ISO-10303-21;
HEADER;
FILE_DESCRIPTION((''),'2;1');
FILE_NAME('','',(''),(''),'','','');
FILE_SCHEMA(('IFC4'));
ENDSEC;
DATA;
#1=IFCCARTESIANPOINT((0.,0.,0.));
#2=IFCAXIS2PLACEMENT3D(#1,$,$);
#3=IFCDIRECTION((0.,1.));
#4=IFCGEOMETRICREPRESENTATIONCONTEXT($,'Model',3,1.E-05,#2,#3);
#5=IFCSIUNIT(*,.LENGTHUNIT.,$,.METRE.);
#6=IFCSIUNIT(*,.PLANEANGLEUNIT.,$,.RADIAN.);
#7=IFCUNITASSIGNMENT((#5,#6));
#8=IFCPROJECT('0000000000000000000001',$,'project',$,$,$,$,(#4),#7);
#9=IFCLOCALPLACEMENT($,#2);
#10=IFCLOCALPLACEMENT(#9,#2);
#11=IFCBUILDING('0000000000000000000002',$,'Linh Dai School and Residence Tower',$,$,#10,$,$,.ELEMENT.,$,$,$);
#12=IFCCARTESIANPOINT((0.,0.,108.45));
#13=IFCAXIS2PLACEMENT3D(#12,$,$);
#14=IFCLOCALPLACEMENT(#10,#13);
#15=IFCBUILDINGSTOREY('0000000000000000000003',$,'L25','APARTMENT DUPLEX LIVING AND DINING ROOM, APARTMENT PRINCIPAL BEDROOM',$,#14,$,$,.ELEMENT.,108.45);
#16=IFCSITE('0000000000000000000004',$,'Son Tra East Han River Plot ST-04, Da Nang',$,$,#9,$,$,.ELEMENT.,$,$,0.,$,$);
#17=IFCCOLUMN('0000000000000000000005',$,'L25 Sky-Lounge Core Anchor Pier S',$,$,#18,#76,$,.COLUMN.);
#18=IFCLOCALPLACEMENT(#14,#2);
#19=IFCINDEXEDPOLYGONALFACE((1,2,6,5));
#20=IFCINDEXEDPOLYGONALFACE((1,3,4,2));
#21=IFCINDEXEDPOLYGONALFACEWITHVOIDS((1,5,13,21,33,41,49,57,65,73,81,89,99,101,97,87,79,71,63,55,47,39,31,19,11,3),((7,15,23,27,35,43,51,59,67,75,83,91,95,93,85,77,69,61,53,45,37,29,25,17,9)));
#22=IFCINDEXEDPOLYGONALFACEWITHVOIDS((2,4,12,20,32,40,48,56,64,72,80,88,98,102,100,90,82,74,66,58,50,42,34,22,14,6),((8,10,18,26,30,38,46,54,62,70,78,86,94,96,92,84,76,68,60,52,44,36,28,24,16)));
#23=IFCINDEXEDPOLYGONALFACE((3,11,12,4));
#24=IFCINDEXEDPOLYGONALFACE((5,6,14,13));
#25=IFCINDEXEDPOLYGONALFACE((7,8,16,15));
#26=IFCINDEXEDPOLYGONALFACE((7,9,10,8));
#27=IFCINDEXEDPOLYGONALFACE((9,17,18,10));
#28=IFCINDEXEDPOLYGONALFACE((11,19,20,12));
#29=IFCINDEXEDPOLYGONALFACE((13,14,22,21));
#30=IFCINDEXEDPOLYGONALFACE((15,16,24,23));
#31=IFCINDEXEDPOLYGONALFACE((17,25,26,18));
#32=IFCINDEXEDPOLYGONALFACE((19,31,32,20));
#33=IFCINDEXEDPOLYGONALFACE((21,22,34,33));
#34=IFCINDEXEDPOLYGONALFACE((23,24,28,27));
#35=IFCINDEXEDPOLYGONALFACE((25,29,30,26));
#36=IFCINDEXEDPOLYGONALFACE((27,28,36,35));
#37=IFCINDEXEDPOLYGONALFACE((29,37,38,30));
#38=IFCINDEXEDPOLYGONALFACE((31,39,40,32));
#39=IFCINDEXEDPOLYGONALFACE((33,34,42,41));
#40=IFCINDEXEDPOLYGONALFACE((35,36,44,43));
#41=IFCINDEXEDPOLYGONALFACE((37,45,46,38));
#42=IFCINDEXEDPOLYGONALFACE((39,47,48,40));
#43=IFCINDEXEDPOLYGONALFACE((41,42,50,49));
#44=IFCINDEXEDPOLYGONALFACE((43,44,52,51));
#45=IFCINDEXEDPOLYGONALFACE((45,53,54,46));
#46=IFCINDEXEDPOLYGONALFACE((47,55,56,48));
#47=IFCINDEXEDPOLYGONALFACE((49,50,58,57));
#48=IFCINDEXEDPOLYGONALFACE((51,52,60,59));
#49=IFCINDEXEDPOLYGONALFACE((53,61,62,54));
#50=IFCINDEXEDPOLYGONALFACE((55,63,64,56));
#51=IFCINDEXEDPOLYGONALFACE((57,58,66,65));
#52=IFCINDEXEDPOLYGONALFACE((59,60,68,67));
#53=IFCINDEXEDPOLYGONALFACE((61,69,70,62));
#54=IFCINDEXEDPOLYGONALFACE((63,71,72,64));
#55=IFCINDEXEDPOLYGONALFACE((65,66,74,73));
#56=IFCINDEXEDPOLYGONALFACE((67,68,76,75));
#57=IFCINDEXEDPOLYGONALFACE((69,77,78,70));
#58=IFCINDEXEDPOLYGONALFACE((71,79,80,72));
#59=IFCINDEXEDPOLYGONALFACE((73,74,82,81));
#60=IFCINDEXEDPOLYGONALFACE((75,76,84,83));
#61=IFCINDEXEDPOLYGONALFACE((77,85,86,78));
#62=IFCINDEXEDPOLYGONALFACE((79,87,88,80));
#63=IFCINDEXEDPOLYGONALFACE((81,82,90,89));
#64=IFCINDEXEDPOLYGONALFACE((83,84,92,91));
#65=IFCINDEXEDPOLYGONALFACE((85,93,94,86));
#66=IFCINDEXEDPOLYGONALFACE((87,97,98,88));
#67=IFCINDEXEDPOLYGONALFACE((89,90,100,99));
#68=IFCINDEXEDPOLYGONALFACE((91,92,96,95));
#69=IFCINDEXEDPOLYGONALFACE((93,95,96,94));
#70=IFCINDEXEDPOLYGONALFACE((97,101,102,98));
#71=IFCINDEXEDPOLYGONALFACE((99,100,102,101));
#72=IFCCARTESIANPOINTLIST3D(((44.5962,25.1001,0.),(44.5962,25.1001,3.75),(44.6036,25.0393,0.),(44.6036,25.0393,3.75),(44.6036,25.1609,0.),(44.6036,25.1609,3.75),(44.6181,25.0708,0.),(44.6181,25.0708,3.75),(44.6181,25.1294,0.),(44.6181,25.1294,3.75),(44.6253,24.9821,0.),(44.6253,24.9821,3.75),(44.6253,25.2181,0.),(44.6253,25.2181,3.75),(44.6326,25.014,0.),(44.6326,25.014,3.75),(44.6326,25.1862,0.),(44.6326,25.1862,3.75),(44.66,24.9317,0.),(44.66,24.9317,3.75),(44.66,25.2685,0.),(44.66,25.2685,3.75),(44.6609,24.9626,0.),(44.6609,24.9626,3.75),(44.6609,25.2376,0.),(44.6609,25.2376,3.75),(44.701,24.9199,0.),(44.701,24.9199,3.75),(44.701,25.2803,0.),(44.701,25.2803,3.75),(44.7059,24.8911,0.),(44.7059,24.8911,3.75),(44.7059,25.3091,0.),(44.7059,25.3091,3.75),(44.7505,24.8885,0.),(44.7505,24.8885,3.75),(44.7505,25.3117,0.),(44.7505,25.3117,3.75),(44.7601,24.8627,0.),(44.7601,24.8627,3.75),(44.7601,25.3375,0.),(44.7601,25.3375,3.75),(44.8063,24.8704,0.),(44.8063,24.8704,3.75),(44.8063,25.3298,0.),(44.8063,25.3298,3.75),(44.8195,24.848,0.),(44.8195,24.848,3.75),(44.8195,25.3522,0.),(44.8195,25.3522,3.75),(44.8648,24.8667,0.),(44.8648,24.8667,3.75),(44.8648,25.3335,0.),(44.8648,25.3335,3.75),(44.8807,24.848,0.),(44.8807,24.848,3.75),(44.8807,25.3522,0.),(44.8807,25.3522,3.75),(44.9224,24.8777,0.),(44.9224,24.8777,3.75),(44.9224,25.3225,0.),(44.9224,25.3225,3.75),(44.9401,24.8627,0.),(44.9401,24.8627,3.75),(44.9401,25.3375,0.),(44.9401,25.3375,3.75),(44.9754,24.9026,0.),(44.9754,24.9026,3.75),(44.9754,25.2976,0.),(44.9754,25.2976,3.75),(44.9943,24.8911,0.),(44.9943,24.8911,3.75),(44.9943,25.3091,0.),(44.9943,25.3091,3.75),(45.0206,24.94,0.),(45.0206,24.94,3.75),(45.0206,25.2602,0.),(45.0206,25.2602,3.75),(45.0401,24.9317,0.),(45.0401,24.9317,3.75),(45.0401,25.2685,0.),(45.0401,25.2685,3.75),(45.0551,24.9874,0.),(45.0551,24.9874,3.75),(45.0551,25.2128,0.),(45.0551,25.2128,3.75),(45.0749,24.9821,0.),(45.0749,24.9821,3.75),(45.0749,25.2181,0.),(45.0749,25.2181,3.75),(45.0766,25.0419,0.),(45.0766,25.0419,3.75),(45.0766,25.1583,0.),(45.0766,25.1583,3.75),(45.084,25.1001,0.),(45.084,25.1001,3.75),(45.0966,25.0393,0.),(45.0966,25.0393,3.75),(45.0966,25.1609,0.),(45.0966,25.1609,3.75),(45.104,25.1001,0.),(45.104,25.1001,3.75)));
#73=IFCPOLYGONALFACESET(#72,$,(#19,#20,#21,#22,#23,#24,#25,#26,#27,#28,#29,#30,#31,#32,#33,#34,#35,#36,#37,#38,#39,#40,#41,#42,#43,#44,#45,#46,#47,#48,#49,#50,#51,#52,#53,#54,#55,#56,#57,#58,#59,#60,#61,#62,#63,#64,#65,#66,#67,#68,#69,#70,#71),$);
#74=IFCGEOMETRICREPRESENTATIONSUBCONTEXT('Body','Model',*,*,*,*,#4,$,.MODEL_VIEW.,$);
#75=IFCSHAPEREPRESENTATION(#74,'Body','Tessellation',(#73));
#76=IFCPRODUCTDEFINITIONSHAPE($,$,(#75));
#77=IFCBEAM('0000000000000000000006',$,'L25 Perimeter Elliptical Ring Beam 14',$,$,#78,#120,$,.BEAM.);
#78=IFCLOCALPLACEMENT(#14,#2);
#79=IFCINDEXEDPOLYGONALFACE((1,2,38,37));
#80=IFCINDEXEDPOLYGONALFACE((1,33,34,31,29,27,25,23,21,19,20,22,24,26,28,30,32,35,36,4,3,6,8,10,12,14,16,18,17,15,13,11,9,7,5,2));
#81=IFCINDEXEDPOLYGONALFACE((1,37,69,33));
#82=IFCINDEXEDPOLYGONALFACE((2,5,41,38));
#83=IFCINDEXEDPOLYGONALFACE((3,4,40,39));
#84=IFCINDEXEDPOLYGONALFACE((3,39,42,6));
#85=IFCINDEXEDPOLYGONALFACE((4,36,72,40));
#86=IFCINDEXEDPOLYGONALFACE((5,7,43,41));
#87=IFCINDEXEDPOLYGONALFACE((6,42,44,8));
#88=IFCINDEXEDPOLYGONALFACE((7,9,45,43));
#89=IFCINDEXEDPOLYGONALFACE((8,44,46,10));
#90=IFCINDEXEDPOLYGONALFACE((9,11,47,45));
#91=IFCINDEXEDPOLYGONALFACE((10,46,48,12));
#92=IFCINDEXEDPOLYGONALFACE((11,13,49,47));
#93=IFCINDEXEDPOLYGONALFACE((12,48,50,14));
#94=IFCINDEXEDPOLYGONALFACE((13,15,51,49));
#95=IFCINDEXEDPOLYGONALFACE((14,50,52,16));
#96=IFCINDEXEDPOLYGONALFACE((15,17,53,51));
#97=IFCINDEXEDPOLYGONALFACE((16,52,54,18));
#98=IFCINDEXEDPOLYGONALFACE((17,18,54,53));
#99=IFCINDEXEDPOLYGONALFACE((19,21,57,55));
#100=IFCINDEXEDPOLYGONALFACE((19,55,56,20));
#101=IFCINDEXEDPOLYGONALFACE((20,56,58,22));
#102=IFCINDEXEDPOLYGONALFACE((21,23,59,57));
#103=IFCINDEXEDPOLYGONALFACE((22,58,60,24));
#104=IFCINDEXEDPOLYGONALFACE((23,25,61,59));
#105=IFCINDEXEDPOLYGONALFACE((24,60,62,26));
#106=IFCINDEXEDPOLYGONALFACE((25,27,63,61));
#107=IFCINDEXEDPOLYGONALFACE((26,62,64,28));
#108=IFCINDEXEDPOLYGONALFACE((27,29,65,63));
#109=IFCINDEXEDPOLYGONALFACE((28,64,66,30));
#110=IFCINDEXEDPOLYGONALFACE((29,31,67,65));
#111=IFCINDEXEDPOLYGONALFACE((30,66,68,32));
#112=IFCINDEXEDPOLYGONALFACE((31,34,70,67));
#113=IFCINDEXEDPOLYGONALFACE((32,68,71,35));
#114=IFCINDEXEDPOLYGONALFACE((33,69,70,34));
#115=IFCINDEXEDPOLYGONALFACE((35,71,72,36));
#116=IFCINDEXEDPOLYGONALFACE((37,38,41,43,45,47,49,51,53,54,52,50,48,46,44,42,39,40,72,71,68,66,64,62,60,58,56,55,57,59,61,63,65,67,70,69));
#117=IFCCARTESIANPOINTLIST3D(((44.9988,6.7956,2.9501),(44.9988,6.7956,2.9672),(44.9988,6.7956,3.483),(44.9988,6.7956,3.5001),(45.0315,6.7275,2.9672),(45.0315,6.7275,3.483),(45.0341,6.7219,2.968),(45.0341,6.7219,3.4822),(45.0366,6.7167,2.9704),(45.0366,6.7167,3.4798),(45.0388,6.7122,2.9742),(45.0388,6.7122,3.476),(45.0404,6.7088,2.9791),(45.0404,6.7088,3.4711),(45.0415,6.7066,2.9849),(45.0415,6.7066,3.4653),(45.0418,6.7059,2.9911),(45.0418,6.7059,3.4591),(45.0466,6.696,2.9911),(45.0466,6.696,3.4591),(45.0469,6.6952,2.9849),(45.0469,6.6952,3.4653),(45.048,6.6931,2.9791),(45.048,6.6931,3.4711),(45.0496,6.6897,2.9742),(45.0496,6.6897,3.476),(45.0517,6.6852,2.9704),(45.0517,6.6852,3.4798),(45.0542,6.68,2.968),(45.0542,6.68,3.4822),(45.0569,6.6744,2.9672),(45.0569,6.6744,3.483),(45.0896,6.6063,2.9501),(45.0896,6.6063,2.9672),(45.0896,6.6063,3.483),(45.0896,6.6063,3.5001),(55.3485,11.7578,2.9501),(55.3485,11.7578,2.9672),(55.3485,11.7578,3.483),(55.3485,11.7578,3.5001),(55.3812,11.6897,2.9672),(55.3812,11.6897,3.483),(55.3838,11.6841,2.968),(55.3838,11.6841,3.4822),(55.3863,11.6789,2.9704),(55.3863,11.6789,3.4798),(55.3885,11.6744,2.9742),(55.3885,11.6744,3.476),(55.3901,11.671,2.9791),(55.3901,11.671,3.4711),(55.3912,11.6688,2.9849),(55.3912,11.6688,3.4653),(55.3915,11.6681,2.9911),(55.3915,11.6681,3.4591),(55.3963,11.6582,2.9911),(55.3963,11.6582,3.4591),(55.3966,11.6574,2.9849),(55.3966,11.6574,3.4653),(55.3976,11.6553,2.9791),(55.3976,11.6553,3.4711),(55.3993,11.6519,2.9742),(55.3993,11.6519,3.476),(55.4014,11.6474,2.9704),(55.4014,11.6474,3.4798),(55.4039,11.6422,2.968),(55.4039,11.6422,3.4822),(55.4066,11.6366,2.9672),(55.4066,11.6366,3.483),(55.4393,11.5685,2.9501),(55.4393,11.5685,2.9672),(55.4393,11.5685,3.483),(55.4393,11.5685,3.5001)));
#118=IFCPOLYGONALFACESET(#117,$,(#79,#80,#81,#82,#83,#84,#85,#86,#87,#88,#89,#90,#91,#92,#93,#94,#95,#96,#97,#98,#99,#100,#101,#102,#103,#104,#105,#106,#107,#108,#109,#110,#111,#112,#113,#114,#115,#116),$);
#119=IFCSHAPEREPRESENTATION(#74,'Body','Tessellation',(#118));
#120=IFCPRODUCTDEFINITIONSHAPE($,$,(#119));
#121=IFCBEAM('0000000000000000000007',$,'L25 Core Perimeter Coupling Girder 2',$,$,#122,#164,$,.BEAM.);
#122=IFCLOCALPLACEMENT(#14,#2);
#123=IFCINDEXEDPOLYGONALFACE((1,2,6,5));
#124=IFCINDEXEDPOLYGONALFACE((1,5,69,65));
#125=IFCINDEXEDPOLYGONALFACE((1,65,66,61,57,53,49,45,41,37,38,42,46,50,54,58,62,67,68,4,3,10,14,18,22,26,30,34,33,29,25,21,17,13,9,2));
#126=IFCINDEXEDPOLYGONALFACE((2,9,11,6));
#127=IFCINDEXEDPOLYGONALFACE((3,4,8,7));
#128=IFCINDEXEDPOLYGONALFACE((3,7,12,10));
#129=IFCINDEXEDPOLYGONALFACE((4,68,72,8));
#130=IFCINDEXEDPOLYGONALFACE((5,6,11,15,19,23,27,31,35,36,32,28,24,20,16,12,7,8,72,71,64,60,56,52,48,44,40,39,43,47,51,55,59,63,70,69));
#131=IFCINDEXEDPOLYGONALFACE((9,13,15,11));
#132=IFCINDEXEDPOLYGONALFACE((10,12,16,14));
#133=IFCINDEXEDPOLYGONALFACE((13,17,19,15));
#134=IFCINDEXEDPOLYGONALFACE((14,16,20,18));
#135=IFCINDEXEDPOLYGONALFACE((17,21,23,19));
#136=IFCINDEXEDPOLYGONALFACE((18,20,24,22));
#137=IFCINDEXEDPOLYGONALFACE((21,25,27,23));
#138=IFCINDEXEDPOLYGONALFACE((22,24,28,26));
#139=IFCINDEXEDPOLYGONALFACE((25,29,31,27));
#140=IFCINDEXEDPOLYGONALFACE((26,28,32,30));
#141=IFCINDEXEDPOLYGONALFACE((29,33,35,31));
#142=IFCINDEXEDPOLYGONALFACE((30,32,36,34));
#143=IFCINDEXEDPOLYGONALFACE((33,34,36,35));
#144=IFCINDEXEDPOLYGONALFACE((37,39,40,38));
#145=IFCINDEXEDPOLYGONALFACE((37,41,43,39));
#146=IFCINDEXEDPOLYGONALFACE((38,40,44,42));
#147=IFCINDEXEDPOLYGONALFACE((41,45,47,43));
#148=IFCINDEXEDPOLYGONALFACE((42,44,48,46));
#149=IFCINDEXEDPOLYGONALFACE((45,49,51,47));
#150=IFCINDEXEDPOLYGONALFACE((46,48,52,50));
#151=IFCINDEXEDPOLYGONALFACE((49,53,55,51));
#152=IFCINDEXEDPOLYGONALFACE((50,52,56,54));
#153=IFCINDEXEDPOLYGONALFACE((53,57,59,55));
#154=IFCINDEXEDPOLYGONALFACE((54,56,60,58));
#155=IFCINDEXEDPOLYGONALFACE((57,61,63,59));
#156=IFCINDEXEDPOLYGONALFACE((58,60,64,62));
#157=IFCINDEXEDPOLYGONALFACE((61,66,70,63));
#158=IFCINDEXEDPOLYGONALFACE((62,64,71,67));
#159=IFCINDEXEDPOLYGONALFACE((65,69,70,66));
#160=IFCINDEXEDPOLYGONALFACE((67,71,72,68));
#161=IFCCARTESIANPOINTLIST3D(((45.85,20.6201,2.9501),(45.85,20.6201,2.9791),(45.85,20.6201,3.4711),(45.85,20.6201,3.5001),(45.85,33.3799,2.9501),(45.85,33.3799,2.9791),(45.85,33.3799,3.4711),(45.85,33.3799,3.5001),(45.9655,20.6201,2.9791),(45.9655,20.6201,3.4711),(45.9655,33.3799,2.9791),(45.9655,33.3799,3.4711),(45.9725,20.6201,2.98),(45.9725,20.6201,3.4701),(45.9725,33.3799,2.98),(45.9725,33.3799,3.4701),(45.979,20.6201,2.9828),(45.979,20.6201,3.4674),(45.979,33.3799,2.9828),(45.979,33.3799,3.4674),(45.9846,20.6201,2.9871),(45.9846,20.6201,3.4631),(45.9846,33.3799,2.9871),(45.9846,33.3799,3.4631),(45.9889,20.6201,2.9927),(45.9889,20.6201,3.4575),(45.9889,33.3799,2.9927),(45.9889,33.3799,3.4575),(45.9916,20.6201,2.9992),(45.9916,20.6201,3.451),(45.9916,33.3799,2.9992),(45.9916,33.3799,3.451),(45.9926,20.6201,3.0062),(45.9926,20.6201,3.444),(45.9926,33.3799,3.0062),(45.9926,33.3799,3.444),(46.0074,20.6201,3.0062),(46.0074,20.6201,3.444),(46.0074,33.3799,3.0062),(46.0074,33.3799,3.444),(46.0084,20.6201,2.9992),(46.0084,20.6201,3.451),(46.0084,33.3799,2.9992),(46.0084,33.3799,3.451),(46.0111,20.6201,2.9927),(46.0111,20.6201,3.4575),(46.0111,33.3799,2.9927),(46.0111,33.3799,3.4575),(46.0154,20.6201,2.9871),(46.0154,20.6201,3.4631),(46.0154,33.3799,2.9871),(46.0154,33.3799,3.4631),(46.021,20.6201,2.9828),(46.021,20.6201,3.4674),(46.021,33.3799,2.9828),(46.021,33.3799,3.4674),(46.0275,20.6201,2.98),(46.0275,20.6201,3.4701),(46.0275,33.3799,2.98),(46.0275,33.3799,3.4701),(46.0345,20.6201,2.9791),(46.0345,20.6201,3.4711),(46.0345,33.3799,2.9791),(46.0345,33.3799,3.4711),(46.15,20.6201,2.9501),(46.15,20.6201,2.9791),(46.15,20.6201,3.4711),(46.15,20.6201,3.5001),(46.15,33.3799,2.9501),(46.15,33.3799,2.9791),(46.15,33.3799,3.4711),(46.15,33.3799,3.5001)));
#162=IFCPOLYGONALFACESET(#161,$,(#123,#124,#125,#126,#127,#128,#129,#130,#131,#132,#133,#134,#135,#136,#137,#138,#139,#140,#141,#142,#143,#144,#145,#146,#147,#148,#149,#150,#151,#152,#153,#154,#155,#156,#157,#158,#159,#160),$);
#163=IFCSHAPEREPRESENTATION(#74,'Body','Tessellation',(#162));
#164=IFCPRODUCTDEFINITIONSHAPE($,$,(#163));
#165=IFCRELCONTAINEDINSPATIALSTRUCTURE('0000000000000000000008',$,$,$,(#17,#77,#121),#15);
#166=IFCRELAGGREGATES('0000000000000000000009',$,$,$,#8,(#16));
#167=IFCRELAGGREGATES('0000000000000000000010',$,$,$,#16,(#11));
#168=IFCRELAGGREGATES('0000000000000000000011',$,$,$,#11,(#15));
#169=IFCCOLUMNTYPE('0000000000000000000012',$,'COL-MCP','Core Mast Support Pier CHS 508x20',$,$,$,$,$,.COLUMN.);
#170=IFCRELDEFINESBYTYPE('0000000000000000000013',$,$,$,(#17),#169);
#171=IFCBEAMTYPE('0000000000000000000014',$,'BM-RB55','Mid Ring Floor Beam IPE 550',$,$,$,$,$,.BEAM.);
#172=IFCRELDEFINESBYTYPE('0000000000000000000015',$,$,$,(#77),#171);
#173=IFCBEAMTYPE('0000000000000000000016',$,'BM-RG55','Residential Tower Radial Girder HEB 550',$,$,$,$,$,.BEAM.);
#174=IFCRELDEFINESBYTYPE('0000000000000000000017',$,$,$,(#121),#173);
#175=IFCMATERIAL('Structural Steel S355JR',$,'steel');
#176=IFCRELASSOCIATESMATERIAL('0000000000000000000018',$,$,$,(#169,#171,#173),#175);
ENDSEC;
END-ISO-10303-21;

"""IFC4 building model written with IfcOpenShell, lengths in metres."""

from ifc_helpers import new_model, si_unit, direction, frame, origin, origin_2d, place, context, subcontext, project, spatial, hollow_circle, i_section, extrude, material, material_profile, profile_set, type_object, element, save


model = new_model("IFC4")

# Units and contexts
model_context = context("Model", 3, precision=1e-05, world=origin(), true_north=direction((0.0, 1.0)))
body_context = subcontext(model_context, "Body", "Model", "MODEL_VIEW")
ifc_project = project(units=[si_unit("LENGTHUNIT", "METRE"), si_unit("PLANEANGLEUNIT", "RADIAN")], contexts=[model_context])

# Site, building, storey
site_placement = place(None, origin())
site = spatial("IfcSite", under=ifc_project, at=site_placement, Name="Son Tra East Han River Plot ST-04, Da Nang", CompositionType="ELEMENT", RefElevation=0.0)
building_placement = place(site_placement, origin())
building = spatial("IfcBuilding", under=site, at=building_placement, Name="Linh Dai School and Residence Tower", CompositionType="ELEMENT")
storey_placement = place(building_placement, frame((0.0, 0.0, 108.45)))
storey = spatial("IfcBuildingStorey", under=building, at=storey_placement, Name="L25", Description="APARTMENT DUPLEX LIVING AND DINING ROOM, APARTMENT PRINCIPAL BEDROOM", CompositionType="ELEMENT", Elevation=108.45)

# Column
ifc_material_1 = material(Name="Structural Steel S355JR", Category="steel")
ifc_material_profile_1 = material_profile(ifc_material_1, hollow_circle(Radius=0.2539, WallThickness=0.02, at=origin_2d()), Name="CHS 508x20")
ifc_profile_set_1 = profile_set([ifc_material_profile_1], Name="Structural Steel S355JR")
column_type_1 = type_object("IfcColumnType", Name="COL-MCP", Description="Core Mast Support Pier CHS 508x20", PredefinedType="COLUMN", material=ifc_profile_set_1)
column_1_placement = place(storey_placement, frame((44.8501, 25.1001, 0.0), z_axis=(0.0, 0.0, 1.0), x_axis=(1.0, 0.0, 0.0)))
element("IfcColumn", 1, at=column_1_placement, inside=storey, type_object=column_type_1, Name="L25 Sky-Lounge Core Anchor Pier S", PredefinedType="COLUMN", context=body_context, shape_type="SweptSolid", body=[
    extrude(hollow_circle(Radius=0.2539, WallThickness=0.02, at=origin_2d()), origin(), (0.0, 0.0, 1.0), 3.75),
])

# Beams
ifc_material_profile_2 = material_profile(ifc_material_1, i_section(OverallWidth=0.21, OverallDepth=0.55, WebThickness=0.011, FlangeThickness=0.0171, FilletRadius=0.0239, at=origin_2d()), Name="IPE 550")
ifc_profile_set_2 = profile_set([ifc_material_profile_2], Name="Structural Steel S355JR")
beam_type_1 = type_object("IfcBeamType", Name="BM-RB55", Description="Mid Ring Floor Beam IPE 550", PredefinedType="BEAM", material=ifc_profile_set_2)
beam_1_placement = place(storey_placement, frame((45.0442, 6.7009, 3.2251), z_axis=(0.901715, 0.432331, 0.0), x_axis=(-0.432331, 0.901715, 0.0)))
element("IfcBeam", 2, at=beam_1_placement, inside=storey, type_object=beam_type_1, Name="L25 Perimeter Elliptical Ring Beam 14", PredefinedType="BEAM", context=body_context, shape_type="SweptSolid", body=[
    extrude(i_section(OverallWidth=0.21, OverallDepth=0.55, WebThickness=0.011, FlangeThickness=0.0171, FilletRadius=0.0239, at=origin_2d()), origin(), (0.0, 0.0, 1.0), 11.4778),
])
ifc_material_profile_3 = material_profile(ifc_material_1, i_section(OverallWidth=0.3, OverallDepth=0.55, WebThickness=0.0149, FlangeThickness=0.0291, FilletRadius=0.0271, at=origin_2d()), Name="HEB 550")
ifc_profile_set_3 = profile_set([ifc_material_profile_3], Name="Structural Steel S355JR")
beam_type_2 = type_object("IfcBeamType", Name="BM-RG55", Description="Residential Tower Radial Girder HEB 550", PredefinedType="BEAM", material=ifc_profile_set_3)
beam_2_placement = place(storey_placement, frame((46.0, 20.6201, 3.2251), z_axis=(0.0, 1.0, 0.0), x_axis=(-1.0, 0.0, 0.0)))
element("IfcBeam", 3, at=beam_2_placement, inside=storey, type_object=beam_type_2, Name="L25 Core Perimeter Coupling Girder 2", PredefinedType="BEAM", context=body_context, shape_type="SweptSolid", body=[
    extrude(i_section(OverallWidth=0.3, OverallDepth=0.55, WebThickness=0.0149, FlangeThickness=0.0291, FilletRadius=0.0271, at=origin_2d()), origin(), (0.0, 0.0, 1.0), 12.7598),
])

save(model, "model.ifc")
